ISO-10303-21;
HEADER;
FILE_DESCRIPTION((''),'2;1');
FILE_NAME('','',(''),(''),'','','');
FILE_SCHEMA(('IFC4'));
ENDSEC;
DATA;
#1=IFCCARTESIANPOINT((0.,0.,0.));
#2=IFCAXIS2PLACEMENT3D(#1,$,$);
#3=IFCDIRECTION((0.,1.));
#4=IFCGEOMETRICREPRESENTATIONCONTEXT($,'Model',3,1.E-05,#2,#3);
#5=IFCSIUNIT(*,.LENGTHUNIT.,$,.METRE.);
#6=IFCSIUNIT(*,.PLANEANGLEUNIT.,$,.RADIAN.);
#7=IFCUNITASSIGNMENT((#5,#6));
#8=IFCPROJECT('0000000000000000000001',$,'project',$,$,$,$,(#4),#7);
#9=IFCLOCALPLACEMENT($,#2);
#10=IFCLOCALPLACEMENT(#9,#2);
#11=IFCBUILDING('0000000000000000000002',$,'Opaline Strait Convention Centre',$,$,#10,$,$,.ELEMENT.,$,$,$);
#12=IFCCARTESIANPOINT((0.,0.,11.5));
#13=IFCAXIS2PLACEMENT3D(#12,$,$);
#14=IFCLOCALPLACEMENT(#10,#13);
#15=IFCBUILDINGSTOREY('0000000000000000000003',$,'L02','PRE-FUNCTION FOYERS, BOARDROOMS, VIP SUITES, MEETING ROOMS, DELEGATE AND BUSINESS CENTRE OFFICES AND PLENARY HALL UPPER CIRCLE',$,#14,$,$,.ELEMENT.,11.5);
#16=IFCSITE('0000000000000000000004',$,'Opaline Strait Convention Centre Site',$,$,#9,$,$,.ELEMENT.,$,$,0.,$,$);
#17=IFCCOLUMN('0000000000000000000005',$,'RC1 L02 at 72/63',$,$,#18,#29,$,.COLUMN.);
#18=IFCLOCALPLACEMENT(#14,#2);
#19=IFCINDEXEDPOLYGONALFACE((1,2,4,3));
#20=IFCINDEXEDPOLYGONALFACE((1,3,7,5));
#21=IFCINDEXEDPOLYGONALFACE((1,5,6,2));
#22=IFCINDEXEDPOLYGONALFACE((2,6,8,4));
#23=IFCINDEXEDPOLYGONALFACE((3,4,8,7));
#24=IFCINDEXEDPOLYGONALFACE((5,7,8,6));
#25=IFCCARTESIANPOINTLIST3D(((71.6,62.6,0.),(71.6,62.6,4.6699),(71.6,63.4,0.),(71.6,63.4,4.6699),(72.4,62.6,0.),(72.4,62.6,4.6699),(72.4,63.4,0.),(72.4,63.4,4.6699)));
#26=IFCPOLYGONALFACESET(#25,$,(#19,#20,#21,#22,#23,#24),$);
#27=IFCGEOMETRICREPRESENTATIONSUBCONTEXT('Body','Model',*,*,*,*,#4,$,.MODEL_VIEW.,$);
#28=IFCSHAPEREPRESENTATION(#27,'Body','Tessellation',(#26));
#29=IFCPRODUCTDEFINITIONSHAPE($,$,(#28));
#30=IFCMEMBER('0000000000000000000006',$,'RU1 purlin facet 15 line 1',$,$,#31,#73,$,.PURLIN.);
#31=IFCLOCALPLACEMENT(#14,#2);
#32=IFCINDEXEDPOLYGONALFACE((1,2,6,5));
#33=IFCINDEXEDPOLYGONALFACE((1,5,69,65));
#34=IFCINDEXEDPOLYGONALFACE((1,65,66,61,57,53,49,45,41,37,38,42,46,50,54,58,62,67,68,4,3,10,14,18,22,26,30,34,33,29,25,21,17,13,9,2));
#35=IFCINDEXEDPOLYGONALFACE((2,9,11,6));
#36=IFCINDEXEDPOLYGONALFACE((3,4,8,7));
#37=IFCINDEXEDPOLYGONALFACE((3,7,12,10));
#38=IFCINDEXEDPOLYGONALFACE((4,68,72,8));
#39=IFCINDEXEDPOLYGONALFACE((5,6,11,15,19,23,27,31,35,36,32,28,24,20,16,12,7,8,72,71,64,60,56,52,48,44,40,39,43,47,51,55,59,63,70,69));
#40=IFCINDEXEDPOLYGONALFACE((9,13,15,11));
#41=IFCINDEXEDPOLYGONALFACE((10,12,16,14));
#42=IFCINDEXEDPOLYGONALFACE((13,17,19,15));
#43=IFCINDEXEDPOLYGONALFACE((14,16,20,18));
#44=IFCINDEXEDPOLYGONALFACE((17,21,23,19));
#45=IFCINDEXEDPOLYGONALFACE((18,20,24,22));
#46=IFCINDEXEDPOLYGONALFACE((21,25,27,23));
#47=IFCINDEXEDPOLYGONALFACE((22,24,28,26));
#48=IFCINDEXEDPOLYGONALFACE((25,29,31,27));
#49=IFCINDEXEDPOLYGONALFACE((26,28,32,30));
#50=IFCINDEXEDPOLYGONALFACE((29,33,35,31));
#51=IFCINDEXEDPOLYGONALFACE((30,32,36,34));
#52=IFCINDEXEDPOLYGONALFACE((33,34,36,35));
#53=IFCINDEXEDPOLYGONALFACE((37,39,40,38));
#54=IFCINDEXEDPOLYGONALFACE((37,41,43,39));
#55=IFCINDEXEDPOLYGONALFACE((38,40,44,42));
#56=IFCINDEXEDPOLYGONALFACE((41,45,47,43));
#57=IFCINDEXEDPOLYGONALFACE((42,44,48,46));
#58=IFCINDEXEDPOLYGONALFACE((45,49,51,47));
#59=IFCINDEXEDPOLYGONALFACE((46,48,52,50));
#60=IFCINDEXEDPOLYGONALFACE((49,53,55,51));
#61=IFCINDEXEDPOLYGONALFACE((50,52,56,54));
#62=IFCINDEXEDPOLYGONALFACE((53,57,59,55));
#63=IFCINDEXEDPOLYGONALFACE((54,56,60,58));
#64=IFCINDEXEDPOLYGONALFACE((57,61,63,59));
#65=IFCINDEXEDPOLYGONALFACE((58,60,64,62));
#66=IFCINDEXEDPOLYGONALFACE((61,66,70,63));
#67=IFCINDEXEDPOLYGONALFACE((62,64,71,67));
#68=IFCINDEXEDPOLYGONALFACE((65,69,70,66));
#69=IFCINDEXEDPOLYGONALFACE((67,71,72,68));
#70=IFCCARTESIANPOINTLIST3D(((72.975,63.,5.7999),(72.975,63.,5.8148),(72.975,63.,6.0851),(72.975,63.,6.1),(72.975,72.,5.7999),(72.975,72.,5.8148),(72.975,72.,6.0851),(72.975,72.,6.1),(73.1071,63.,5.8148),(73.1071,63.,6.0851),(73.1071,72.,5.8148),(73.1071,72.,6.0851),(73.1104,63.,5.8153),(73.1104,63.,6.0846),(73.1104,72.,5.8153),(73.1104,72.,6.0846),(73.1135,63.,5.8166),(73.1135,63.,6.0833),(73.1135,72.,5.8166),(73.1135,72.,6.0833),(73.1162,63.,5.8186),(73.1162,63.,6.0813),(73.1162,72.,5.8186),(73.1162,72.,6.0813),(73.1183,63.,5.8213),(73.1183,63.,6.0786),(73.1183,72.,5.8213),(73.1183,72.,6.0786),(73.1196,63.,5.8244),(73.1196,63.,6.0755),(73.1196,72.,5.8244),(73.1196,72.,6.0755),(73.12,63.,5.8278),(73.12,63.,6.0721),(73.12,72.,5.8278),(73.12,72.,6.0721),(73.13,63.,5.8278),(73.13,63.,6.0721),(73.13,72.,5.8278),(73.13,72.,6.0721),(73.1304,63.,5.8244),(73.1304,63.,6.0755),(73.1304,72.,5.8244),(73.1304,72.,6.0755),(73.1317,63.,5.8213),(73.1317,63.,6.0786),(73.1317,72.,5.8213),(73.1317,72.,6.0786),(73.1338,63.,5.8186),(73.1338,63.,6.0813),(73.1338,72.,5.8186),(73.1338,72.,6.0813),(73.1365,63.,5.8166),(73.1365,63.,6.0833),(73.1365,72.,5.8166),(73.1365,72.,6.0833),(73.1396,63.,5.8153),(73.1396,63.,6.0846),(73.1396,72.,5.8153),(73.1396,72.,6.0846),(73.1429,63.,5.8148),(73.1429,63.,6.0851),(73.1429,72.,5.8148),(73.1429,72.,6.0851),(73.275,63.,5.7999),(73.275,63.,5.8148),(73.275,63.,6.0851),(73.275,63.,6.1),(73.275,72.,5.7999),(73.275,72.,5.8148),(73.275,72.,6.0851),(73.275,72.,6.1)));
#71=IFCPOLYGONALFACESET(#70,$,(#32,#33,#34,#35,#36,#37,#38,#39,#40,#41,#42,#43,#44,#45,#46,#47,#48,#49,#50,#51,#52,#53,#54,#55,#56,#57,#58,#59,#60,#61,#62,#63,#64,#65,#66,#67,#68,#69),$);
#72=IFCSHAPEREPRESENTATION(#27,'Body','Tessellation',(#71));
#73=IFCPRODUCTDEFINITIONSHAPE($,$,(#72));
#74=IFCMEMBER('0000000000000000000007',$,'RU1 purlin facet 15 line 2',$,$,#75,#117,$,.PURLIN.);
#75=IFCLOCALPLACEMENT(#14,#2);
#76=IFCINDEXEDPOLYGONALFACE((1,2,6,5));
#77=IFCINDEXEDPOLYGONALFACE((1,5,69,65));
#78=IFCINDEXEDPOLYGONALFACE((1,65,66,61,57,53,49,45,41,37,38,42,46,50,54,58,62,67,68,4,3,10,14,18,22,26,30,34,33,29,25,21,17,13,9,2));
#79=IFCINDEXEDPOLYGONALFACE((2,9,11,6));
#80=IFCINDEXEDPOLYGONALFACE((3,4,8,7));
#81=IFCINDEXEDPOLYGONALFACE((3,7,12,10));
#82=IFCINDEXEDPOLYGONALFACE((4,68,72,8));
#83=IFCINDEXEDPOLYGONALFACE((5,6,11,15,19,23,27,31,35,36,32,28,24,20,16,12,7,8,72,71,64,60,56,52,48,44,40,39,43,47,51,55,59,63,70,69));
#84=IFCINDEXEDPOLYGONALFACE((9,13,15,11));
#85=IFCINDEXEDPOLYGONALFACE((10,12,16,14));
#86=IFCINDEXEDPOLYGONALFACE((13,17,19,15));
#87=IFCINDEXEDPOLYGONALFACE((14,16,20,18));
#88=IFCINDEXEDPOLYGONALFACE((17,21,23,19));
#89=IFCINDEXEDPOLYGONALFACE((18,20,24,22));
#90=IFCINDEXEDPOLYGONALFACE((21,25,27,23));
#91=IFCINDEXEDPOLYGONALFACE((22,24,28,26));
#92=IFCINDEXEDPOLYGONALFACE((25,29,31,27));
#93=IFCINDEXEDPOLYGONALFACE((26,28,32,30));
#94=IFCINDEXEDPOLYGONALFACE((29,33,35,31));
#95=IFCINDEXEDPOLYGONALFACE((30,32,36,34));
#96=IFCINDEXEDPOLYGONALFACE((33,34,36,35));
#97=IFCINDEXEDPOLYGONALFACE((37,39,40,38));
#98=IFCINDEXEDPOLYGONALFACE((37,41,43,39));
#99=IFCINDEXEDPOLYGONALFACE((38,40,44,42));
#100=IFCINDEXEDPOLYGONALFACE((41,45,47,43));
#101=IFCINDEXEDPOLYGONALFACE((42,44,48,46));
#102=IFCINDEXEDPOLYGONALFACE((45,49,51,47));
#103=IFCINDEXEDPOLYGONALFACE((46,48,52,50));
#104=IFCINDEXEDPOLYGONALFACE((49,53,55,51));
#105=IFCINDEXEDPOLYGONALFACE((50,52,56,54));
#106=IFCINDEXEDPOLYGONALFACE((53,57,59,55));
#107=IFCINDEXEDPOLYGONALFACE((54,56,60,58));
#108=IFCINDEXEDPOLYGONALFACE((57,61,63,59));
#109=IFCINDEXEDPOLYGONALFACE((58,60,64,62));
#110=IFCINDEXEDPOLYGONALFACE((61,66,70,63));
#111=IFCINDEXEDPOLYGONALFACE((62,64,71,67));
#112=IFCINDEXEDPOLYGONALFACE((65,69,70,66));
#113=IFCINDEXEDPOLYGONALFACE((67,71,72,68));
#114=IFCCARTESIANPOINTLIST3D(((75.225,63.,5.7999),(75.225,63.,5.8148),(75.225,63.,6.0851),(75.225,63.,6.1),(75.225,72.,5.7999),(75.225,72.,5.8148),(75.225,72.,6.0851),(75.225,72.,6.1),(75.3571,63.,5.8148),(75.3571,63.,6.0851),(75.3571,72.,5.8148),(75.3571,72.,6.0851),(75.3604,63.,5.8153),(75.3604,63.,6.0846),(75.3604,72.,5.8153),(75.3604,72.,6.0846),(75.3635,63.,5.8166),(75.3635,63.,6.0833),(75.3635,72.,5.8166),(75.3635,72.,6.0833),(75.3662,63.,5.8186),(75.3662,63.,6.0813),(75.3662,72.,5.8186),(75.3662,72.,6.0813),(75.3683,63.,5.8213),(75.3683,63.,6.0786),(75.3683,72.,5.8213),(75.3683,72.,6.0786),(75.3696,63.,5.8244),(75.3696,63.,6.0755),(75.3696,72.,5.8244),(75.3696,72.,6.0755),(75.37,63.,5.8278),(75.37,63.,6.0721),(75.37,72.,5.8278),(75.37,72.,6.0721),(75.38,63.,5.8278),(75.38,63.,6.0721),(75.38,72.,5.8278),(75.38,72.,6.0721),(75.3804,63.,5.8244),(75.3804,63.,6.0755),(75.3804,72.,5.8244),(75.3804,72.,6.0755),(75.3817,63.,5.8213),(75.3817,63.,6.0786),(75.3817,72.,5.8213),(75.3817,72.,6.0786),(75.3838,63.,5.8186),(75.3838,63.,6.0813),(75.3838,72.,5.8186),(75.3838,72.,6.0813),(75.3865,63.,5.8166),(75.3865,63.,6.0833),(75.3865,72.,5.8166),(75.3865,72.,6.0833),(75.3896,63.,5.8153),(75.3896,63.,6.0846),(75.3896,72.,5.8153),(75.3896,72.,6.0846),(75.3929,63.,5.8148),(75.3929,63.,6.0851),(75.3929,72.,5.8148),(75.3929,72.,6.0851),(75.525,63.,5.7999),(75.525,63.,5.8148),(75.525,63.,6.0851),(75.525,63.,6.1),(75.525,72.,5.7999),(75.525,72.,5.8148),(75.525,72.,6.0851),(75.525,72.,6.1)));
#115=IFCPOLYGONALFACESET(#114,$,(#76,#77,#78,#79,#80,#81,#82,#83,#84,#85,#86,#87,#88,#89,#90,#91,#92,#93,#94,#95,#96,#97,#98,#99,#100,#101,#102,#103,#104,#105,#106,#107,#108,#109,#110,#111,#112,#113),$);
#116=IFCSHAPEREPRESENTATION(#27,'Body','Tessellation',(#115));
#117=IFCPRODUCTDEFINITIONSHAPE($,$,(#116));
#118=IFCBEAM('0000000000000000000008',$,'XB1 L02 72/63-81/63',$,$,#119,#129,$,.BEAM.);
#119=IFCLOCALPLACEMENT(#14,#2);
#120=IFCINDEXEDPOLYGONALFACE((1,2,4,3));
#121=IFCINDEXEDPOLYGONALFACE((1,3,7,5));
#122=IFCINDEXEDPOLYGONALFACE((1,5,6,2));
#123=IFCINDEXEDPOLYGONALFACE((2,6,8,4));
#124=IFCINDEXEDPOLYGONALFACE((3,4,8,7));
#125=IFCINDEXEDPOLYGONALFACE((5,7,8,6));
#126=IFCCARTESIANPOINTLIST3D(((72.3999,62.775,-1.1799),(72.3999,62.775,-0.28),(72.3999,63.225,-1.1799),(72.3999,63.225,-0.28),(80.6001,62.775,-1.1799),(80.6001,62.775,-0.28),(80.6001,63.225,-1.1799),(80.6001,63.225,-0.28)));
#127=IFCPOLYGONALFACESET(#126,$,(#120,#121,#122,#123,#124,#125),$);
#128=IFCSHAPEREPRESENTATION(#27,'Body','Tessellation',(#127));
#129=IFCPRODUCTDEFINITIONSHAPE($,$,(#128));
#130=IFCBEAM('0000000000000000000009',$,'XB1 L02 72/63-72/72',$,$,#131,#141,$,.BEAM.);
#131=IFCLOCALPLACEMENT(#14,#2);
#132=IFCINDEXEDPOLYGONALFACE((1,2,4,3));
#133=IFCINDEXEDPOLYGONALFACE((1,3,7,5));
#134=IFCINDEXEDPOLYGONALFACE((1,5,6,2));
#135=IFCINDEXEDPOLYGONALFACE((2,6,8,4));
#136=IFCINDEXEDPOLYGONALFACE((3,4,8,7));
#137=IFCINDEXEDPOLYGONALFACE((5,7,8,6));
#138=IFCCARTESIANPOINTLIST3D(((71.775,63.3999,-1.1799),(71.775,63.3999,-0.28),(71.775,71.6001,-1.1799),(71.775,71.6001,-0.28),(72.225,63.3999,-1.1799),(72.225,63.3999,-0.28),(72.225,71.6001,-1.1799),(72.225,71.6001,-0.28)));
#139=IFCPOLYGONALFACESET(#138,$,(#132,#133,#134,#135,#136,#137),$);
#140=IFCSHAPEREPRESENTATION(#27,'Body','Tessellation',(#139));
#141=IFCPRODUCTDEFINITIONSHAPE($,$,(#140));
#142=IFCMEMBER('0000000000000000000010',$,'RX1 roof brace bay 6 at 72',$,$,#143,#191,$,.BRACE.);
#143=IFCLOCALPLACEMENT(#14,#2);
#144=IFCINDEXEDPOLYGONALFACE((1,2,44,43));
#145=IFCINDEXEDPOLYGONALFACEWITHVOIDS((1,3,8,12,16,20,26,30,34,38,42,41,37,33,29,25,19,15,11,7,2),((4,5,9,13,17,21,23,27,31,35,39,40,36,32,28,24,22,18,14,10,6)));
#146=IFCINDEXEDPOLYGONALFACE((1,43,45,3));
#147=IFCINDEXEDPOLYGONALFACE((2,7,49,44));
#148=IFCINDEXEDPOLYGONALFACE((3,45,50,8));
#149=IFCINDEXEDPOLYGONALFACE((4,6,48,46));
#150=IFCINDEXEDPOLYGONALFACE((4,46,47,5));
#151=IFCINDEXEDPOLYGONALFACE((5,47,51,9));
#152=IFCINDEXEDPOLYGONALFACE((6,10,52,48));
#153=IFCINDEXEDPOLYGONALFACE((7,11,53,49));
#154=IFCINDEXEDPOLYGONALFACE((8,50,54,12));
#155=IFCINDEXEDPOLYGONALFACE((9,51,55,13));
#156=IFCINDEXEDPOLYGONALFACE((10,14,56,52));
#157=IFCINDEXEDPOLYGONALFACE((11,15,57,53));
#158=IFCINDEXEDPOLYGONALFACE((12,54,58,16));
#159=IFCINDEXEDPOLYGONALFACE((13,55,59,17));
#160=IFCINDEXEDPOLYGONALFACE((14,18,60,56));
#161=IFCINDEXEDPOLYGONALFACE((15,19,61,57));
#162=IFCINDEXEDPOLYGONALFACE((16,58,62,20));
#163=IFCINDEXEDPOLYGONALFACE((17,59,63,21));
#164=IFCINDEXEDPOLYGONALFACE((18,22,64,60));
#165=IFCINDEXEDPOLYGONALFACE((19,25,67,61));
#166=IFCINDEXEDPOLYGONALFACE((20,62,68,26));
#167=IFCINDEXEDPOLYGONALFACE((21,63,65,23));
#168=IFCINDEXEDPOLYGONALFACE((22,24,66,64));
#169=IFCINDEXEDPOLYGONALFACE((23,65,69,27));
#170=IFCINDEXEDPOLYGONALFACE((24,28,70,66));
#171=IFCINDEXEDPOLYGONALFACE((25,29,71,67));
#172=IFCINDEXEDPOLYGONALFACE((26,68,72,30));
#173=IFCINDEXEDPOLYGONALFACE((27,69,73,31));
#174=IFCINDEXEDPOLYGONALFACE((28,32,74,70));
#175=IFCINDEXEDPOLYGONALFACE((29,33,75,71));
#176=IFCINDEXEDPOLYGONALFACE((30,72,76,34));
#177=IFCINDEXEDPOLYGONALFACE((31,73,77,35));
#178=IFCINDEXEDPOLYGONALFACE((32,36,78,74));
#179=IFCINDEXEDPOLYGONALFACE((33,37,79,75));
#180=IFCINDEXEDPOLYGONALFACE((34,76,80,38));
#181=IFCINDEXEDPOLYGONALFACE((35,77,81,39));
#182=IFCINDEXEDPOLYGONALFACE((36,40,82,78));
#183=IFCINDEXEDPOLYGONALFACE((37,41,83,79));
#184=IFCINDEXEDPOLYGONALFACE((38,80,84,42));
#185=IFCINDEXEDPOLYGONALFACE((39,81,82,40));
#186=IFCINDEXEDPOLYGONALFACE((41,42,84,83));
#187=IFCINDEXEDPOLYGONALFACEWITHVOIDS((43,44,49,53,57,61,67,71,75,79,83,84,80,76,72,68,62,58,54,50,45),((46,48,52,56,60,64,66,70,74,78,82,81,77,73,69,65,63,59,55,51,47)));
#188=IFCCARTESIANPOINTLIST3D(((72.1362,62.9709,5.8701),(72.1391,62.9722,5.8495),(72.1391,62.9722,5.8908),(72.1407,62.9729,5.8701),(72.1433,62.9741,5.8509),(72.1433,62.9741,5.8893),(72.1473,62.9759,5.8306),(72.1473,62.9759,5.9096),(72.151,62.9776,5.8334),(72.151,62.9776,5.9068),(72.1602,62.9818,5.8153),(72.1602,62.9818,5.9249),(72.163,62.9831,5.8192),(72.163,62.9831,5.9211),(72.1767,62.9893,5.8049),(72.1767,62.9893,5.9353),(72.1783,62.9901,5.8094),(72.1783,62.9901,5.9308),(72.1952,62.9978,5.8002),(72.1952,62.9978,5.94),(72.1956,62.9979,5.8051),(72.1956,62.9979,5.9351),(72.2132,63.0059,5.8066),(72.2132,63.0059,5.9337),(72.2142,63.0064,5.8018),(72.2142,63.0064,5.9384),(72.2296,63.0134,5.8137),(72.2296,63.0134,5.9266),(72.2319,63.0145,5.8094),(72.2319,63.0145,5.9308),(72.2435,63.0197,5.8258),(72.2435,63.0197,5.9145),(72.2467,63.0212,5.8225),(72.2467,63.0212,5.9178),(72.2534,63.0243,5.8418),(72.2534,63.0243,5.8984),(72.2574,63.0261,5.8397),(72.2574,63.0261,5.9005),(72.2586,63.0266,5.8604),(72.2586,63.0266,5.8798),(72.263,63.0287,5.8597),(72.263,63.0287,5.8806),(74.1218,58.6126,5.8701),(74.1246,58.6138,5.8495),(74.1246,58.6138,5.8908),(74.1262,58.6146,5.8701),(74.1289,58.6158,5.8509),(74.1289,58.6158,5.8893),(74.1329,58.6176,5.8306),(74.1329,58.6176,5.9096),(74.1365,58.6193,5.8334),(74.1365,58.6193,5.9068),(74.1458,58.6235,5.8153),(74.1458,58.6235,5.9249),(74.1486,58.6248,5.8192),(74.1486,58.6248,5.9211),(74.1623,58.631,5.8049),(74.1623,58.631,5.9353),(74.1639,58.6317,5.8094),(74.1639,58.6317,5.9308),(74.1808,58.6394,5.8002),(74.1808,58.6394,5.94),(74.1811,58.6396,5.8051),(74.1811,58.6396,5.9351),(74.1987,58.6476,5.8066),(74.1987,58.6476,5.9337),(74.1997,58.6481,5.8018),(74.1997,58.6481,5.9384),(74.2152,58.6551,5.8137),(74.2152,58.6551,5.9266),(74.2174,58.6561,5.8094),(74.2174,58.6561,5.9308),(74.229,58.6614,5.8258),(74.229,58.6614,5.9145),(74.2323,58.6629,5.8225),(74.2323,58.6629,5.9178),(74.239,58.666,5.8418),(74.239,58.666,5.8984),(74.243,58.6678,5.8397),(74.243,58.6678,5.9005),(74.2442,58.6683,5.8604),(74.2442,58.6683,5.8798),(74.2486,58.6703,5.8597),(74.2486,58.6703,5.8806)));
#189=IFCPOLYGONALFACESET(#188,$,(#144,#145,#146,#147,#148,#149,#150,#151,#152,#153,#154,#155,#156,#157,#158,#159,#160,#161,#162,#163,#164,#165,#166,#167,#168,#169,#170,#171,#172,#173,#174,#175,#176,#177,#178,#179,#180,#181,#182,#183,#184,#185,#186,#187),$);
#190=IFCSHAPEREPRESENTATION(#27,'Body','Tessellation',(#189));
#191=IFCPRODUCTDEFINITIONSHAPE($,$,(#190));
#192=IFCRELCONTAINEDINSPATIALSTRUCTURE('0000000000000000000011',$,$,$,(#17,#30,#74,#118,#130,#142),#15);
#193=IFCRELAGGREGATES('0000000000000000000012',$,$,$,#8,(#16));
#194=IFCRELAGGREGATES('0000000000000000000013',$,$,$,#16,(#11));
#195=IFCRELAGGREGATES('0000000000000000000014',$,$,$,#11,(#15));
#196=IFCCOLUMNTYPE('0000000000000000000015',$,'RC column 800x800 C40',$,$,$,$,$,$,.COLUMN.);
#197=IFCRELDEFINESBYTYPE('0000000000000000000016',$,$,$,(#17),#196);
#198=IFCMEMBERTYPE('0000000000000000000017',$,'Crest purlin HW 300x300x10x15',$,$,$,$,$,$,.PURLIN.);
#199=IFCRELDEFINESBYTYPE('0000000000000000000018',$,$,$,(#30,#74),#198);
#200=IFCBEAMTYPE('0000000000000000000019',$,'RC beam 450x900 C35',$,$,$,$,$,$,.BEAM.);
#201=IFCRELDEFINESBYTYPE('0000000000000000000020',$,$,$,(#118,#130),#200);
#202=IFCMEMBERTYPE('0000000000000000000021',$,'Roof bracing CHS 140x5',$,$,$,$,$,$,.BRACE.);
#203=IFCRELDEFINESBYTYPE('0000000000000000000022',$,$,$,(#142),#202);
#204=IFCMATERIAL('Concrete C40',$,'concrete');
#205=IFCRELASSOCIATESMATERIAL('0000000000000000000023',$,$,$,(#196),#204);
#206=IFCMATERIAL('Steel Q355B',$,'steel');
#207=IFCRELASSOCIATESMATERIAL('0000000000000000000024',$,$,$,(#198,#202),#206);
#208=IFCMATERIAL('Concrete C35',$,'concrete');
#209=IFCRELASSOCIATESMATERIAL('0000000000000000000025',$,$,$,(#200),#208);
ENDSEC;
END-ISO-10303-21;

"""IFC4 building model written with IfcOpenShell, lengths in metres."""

from ifc_helpers import new_model, si_unit, direction, frame, origin, origin_2d, place, context, subcontext, project, spatial, rectangle, hollow_circle, i_section, extrude, material, material_profile, profile_set, type_object, element, save


model = new_model("IFC4")

# Units and contexts
model_context = context("Model", 3, precision=1e-05, world=origin(), true_north=direction((0.0, 1.0)))
body_context = subcontext(model_context, "Body", "Model", "MODEL_VIEW")
ifc_project = project(units=[si_unit("LENGTHUNIT", "METRE"), si_unit("PLANEANGLEUNIT", "RADIAN")], contexts=[model_context])

# Site, building, storey
site_placement = place(None, origin())
site = spatial("IfcSite", under=ifc_project, at=site_placement, Name="Opaline Strait Convention Centre Site", CompositionType="ELEMENT", RefElevation=0.0)
building_placement = place(site_placement, origin())
building = spatial("IfcBuilding", under=site, at=building_placement, Name="Opaline Strait Convention Centre", CompositionType="ELEMENT")
storey_placement = place(building_placement, frame((0.0, 0.0, 11.5)))
storey = spatial("IfcBuildingStorey", under=building, at=storey_placement, Name="L02", Description="PRE-FUNCTION FOYERS, BOARDROOMS, VIP SUITES, MEETING ROOMS, DELEGATE AND BUSINESS CENTRE OFFICES AND PLENARY HALL UPPER CIRCLE", CompositionType="ELEMENT", Elevation=11.5)

# Column
ifc_material_1 = material(Name="Concrete C40", Category="concrete")
ifc_material_profile_1 = material_profile(ifc_material_1, rectangle(XDim=0.8, YDim=0.8, at=origin_2d()), Name="RC 800x800")
ifc_profile_set_1 = profile_set([ifc_material_profile_1], Name="Concrete C40")
column_type = type_object("IfcColumnType", Name="RC column 800x800 C40", PredefinedType="COLUMN", material=ifc_profile_set_1)
column_placement = place(storey_placement, frame((72.0, 63.0, 0.0), z_axis=(0.0, 0.0, 1.0), x_axis=(1.0, 0.0, 0.0)))
element("IfcColumn", 1, at=column_placement, inside=storey, type_object=column_type, Name="RC1 L02 at 72/63", PredefinedType="COLUMN", context=body_context, shape_type="SweptSolid", body=[
    extrude(rectangle(XDim=0.8, YDim=0.8, at=origin_2d()), origin(), (0.0, 0.0, 1.0), 4.6699),
])

# Members
ifc_material_2 = material(Name="Steel Q355B", Category="steel")
ifc_material_profile_2 = material_profile(ifc_material_2, i_section(OverallWidth=0.3, OverallDepth=0.3, WebThickness=0.01, FlangeThickness=0.0149, FilletRadius=0.0129, at=origin_2d()), Name="HW 300x300x10x15")
ifc_profile_set_2 = profile_set([ifc_material_profile_2], Name="Steel Q355B")
member_type_1 = type_object("IfcMemberType", Name="Crest purlin HW 300x300x10x15", PredefinedType="PURLIN", material=ifc_profile_set_2)
for number, where, z_axis, x_axis, name in (
    (2, (73.125, 63.0, 5.95), (0.0, 1.0, 0.0), (-1.0, 0.0, 0.0), "RU1 purlin facet 15 line 1"),
    (3, (75.375, 63.0, 5.95), (0.0, 1.0, 0.0), (-1.0, 0.0, 0.0), "RU1 purlin facet 15 line 2"),
):
    element("IfcMember", number, at=place(storey_placement, frame(where, z_axis=z_axis, x_axis=x_axis)), inside=storey, type_object=member_type_1, Name=name, PredefinedType="PURLIN", context=body_context, shape_type="SweptSolid", body=[
        extrude(i_section(OverallWidth=0.3, OverallDepth=0.3, WebThickness=0.01, FlangeThickness=0.0149, FilletRadius=0.0129, at=origin_2d()), origin(), (0.0, 0.0, 1.0), 9.0),
    ])

# Beams
ifc_material_3 = material(Name="Concrete C35", Category="concrete")
ifc_material_profile_3 = material_profile(ifc_material_3, rectangle(XDim=0.45, YDim=0.8999, at=origin_2d()), Name="RC 450x900")
ifc_profile_set_3 = profile_set([ifc_material_profile_3], Name="Concrete C35")
beam_type = type_object("IfcBeamType", Name="RC beam 450x900 C35", PredefinedType="BEAM", material=ifc_profile_set_3)
for number, where, z_axis, x_axis, name in (
    (4, (72.3999, 63.0, -0.73), (1.0, 0.0, 0.0), (0.0, 1.0, 0.0), "XB1 L02 72/63-81/63"),
    (5, (72.0, 63.3999, -0.73), (0.0, 1.0, 0.0), (-1.0, 0.0, 0.0), "XB1 L02 72/63-72/72"),
):
    element("IfcBeam", number, at=place(storey_placement, frame(where, z_axis=z_axis, x_axis=x_axis)), inside=storey, type_object=beam_type, Name=name, PredefinedType="BEAM", context=body_context, shape_type="SweptSolid", body=[
        extrude(rectangle(XDim=0.45, YDim=0.8999, at=origin_2d()), origin(), (0.0, 0.0, 1.0), 8.2002),
    ])

# Member
ifc_material_profile_4 = material_profile(ifc_material_2, hollow_circle(Radius=0.0701, WallThickness=0.0049, at=origin_2d()), Name="CHS 140x5")
ifc_profile_set_4 = profile_set([ifc_material_profile_4], Name="Steel Q355B")
member_type_2 = type_object("IfcMemberType", Name="Roof bracing CHS 140x5", PredefinedType="BRACE", material=ifc_profile_set_4)
member_1_placement = place(storey_placement, frame((74.1855, 58.6416, 5.8701), z_axis=(-0.414582, 0.910012, 0.0), x_axis=(-0.910012, -0.414582, 0.0)))
element("IfcMember", 6, at=member_1_placement, inside=storey, type_object=member_type_2, Name="RX1 roof brace bay 6 at 72", PredefinedType="BRACE", context=body_context, shape_type="SweptSolid", body=[
    extrude(hollow_circle(Radius=0.0701, WallThickness=0.0049, at=origin_2d()), origin(), (0.0, 0.0, 1.0), 4.7893),
])

save(model, "model.ifc")
